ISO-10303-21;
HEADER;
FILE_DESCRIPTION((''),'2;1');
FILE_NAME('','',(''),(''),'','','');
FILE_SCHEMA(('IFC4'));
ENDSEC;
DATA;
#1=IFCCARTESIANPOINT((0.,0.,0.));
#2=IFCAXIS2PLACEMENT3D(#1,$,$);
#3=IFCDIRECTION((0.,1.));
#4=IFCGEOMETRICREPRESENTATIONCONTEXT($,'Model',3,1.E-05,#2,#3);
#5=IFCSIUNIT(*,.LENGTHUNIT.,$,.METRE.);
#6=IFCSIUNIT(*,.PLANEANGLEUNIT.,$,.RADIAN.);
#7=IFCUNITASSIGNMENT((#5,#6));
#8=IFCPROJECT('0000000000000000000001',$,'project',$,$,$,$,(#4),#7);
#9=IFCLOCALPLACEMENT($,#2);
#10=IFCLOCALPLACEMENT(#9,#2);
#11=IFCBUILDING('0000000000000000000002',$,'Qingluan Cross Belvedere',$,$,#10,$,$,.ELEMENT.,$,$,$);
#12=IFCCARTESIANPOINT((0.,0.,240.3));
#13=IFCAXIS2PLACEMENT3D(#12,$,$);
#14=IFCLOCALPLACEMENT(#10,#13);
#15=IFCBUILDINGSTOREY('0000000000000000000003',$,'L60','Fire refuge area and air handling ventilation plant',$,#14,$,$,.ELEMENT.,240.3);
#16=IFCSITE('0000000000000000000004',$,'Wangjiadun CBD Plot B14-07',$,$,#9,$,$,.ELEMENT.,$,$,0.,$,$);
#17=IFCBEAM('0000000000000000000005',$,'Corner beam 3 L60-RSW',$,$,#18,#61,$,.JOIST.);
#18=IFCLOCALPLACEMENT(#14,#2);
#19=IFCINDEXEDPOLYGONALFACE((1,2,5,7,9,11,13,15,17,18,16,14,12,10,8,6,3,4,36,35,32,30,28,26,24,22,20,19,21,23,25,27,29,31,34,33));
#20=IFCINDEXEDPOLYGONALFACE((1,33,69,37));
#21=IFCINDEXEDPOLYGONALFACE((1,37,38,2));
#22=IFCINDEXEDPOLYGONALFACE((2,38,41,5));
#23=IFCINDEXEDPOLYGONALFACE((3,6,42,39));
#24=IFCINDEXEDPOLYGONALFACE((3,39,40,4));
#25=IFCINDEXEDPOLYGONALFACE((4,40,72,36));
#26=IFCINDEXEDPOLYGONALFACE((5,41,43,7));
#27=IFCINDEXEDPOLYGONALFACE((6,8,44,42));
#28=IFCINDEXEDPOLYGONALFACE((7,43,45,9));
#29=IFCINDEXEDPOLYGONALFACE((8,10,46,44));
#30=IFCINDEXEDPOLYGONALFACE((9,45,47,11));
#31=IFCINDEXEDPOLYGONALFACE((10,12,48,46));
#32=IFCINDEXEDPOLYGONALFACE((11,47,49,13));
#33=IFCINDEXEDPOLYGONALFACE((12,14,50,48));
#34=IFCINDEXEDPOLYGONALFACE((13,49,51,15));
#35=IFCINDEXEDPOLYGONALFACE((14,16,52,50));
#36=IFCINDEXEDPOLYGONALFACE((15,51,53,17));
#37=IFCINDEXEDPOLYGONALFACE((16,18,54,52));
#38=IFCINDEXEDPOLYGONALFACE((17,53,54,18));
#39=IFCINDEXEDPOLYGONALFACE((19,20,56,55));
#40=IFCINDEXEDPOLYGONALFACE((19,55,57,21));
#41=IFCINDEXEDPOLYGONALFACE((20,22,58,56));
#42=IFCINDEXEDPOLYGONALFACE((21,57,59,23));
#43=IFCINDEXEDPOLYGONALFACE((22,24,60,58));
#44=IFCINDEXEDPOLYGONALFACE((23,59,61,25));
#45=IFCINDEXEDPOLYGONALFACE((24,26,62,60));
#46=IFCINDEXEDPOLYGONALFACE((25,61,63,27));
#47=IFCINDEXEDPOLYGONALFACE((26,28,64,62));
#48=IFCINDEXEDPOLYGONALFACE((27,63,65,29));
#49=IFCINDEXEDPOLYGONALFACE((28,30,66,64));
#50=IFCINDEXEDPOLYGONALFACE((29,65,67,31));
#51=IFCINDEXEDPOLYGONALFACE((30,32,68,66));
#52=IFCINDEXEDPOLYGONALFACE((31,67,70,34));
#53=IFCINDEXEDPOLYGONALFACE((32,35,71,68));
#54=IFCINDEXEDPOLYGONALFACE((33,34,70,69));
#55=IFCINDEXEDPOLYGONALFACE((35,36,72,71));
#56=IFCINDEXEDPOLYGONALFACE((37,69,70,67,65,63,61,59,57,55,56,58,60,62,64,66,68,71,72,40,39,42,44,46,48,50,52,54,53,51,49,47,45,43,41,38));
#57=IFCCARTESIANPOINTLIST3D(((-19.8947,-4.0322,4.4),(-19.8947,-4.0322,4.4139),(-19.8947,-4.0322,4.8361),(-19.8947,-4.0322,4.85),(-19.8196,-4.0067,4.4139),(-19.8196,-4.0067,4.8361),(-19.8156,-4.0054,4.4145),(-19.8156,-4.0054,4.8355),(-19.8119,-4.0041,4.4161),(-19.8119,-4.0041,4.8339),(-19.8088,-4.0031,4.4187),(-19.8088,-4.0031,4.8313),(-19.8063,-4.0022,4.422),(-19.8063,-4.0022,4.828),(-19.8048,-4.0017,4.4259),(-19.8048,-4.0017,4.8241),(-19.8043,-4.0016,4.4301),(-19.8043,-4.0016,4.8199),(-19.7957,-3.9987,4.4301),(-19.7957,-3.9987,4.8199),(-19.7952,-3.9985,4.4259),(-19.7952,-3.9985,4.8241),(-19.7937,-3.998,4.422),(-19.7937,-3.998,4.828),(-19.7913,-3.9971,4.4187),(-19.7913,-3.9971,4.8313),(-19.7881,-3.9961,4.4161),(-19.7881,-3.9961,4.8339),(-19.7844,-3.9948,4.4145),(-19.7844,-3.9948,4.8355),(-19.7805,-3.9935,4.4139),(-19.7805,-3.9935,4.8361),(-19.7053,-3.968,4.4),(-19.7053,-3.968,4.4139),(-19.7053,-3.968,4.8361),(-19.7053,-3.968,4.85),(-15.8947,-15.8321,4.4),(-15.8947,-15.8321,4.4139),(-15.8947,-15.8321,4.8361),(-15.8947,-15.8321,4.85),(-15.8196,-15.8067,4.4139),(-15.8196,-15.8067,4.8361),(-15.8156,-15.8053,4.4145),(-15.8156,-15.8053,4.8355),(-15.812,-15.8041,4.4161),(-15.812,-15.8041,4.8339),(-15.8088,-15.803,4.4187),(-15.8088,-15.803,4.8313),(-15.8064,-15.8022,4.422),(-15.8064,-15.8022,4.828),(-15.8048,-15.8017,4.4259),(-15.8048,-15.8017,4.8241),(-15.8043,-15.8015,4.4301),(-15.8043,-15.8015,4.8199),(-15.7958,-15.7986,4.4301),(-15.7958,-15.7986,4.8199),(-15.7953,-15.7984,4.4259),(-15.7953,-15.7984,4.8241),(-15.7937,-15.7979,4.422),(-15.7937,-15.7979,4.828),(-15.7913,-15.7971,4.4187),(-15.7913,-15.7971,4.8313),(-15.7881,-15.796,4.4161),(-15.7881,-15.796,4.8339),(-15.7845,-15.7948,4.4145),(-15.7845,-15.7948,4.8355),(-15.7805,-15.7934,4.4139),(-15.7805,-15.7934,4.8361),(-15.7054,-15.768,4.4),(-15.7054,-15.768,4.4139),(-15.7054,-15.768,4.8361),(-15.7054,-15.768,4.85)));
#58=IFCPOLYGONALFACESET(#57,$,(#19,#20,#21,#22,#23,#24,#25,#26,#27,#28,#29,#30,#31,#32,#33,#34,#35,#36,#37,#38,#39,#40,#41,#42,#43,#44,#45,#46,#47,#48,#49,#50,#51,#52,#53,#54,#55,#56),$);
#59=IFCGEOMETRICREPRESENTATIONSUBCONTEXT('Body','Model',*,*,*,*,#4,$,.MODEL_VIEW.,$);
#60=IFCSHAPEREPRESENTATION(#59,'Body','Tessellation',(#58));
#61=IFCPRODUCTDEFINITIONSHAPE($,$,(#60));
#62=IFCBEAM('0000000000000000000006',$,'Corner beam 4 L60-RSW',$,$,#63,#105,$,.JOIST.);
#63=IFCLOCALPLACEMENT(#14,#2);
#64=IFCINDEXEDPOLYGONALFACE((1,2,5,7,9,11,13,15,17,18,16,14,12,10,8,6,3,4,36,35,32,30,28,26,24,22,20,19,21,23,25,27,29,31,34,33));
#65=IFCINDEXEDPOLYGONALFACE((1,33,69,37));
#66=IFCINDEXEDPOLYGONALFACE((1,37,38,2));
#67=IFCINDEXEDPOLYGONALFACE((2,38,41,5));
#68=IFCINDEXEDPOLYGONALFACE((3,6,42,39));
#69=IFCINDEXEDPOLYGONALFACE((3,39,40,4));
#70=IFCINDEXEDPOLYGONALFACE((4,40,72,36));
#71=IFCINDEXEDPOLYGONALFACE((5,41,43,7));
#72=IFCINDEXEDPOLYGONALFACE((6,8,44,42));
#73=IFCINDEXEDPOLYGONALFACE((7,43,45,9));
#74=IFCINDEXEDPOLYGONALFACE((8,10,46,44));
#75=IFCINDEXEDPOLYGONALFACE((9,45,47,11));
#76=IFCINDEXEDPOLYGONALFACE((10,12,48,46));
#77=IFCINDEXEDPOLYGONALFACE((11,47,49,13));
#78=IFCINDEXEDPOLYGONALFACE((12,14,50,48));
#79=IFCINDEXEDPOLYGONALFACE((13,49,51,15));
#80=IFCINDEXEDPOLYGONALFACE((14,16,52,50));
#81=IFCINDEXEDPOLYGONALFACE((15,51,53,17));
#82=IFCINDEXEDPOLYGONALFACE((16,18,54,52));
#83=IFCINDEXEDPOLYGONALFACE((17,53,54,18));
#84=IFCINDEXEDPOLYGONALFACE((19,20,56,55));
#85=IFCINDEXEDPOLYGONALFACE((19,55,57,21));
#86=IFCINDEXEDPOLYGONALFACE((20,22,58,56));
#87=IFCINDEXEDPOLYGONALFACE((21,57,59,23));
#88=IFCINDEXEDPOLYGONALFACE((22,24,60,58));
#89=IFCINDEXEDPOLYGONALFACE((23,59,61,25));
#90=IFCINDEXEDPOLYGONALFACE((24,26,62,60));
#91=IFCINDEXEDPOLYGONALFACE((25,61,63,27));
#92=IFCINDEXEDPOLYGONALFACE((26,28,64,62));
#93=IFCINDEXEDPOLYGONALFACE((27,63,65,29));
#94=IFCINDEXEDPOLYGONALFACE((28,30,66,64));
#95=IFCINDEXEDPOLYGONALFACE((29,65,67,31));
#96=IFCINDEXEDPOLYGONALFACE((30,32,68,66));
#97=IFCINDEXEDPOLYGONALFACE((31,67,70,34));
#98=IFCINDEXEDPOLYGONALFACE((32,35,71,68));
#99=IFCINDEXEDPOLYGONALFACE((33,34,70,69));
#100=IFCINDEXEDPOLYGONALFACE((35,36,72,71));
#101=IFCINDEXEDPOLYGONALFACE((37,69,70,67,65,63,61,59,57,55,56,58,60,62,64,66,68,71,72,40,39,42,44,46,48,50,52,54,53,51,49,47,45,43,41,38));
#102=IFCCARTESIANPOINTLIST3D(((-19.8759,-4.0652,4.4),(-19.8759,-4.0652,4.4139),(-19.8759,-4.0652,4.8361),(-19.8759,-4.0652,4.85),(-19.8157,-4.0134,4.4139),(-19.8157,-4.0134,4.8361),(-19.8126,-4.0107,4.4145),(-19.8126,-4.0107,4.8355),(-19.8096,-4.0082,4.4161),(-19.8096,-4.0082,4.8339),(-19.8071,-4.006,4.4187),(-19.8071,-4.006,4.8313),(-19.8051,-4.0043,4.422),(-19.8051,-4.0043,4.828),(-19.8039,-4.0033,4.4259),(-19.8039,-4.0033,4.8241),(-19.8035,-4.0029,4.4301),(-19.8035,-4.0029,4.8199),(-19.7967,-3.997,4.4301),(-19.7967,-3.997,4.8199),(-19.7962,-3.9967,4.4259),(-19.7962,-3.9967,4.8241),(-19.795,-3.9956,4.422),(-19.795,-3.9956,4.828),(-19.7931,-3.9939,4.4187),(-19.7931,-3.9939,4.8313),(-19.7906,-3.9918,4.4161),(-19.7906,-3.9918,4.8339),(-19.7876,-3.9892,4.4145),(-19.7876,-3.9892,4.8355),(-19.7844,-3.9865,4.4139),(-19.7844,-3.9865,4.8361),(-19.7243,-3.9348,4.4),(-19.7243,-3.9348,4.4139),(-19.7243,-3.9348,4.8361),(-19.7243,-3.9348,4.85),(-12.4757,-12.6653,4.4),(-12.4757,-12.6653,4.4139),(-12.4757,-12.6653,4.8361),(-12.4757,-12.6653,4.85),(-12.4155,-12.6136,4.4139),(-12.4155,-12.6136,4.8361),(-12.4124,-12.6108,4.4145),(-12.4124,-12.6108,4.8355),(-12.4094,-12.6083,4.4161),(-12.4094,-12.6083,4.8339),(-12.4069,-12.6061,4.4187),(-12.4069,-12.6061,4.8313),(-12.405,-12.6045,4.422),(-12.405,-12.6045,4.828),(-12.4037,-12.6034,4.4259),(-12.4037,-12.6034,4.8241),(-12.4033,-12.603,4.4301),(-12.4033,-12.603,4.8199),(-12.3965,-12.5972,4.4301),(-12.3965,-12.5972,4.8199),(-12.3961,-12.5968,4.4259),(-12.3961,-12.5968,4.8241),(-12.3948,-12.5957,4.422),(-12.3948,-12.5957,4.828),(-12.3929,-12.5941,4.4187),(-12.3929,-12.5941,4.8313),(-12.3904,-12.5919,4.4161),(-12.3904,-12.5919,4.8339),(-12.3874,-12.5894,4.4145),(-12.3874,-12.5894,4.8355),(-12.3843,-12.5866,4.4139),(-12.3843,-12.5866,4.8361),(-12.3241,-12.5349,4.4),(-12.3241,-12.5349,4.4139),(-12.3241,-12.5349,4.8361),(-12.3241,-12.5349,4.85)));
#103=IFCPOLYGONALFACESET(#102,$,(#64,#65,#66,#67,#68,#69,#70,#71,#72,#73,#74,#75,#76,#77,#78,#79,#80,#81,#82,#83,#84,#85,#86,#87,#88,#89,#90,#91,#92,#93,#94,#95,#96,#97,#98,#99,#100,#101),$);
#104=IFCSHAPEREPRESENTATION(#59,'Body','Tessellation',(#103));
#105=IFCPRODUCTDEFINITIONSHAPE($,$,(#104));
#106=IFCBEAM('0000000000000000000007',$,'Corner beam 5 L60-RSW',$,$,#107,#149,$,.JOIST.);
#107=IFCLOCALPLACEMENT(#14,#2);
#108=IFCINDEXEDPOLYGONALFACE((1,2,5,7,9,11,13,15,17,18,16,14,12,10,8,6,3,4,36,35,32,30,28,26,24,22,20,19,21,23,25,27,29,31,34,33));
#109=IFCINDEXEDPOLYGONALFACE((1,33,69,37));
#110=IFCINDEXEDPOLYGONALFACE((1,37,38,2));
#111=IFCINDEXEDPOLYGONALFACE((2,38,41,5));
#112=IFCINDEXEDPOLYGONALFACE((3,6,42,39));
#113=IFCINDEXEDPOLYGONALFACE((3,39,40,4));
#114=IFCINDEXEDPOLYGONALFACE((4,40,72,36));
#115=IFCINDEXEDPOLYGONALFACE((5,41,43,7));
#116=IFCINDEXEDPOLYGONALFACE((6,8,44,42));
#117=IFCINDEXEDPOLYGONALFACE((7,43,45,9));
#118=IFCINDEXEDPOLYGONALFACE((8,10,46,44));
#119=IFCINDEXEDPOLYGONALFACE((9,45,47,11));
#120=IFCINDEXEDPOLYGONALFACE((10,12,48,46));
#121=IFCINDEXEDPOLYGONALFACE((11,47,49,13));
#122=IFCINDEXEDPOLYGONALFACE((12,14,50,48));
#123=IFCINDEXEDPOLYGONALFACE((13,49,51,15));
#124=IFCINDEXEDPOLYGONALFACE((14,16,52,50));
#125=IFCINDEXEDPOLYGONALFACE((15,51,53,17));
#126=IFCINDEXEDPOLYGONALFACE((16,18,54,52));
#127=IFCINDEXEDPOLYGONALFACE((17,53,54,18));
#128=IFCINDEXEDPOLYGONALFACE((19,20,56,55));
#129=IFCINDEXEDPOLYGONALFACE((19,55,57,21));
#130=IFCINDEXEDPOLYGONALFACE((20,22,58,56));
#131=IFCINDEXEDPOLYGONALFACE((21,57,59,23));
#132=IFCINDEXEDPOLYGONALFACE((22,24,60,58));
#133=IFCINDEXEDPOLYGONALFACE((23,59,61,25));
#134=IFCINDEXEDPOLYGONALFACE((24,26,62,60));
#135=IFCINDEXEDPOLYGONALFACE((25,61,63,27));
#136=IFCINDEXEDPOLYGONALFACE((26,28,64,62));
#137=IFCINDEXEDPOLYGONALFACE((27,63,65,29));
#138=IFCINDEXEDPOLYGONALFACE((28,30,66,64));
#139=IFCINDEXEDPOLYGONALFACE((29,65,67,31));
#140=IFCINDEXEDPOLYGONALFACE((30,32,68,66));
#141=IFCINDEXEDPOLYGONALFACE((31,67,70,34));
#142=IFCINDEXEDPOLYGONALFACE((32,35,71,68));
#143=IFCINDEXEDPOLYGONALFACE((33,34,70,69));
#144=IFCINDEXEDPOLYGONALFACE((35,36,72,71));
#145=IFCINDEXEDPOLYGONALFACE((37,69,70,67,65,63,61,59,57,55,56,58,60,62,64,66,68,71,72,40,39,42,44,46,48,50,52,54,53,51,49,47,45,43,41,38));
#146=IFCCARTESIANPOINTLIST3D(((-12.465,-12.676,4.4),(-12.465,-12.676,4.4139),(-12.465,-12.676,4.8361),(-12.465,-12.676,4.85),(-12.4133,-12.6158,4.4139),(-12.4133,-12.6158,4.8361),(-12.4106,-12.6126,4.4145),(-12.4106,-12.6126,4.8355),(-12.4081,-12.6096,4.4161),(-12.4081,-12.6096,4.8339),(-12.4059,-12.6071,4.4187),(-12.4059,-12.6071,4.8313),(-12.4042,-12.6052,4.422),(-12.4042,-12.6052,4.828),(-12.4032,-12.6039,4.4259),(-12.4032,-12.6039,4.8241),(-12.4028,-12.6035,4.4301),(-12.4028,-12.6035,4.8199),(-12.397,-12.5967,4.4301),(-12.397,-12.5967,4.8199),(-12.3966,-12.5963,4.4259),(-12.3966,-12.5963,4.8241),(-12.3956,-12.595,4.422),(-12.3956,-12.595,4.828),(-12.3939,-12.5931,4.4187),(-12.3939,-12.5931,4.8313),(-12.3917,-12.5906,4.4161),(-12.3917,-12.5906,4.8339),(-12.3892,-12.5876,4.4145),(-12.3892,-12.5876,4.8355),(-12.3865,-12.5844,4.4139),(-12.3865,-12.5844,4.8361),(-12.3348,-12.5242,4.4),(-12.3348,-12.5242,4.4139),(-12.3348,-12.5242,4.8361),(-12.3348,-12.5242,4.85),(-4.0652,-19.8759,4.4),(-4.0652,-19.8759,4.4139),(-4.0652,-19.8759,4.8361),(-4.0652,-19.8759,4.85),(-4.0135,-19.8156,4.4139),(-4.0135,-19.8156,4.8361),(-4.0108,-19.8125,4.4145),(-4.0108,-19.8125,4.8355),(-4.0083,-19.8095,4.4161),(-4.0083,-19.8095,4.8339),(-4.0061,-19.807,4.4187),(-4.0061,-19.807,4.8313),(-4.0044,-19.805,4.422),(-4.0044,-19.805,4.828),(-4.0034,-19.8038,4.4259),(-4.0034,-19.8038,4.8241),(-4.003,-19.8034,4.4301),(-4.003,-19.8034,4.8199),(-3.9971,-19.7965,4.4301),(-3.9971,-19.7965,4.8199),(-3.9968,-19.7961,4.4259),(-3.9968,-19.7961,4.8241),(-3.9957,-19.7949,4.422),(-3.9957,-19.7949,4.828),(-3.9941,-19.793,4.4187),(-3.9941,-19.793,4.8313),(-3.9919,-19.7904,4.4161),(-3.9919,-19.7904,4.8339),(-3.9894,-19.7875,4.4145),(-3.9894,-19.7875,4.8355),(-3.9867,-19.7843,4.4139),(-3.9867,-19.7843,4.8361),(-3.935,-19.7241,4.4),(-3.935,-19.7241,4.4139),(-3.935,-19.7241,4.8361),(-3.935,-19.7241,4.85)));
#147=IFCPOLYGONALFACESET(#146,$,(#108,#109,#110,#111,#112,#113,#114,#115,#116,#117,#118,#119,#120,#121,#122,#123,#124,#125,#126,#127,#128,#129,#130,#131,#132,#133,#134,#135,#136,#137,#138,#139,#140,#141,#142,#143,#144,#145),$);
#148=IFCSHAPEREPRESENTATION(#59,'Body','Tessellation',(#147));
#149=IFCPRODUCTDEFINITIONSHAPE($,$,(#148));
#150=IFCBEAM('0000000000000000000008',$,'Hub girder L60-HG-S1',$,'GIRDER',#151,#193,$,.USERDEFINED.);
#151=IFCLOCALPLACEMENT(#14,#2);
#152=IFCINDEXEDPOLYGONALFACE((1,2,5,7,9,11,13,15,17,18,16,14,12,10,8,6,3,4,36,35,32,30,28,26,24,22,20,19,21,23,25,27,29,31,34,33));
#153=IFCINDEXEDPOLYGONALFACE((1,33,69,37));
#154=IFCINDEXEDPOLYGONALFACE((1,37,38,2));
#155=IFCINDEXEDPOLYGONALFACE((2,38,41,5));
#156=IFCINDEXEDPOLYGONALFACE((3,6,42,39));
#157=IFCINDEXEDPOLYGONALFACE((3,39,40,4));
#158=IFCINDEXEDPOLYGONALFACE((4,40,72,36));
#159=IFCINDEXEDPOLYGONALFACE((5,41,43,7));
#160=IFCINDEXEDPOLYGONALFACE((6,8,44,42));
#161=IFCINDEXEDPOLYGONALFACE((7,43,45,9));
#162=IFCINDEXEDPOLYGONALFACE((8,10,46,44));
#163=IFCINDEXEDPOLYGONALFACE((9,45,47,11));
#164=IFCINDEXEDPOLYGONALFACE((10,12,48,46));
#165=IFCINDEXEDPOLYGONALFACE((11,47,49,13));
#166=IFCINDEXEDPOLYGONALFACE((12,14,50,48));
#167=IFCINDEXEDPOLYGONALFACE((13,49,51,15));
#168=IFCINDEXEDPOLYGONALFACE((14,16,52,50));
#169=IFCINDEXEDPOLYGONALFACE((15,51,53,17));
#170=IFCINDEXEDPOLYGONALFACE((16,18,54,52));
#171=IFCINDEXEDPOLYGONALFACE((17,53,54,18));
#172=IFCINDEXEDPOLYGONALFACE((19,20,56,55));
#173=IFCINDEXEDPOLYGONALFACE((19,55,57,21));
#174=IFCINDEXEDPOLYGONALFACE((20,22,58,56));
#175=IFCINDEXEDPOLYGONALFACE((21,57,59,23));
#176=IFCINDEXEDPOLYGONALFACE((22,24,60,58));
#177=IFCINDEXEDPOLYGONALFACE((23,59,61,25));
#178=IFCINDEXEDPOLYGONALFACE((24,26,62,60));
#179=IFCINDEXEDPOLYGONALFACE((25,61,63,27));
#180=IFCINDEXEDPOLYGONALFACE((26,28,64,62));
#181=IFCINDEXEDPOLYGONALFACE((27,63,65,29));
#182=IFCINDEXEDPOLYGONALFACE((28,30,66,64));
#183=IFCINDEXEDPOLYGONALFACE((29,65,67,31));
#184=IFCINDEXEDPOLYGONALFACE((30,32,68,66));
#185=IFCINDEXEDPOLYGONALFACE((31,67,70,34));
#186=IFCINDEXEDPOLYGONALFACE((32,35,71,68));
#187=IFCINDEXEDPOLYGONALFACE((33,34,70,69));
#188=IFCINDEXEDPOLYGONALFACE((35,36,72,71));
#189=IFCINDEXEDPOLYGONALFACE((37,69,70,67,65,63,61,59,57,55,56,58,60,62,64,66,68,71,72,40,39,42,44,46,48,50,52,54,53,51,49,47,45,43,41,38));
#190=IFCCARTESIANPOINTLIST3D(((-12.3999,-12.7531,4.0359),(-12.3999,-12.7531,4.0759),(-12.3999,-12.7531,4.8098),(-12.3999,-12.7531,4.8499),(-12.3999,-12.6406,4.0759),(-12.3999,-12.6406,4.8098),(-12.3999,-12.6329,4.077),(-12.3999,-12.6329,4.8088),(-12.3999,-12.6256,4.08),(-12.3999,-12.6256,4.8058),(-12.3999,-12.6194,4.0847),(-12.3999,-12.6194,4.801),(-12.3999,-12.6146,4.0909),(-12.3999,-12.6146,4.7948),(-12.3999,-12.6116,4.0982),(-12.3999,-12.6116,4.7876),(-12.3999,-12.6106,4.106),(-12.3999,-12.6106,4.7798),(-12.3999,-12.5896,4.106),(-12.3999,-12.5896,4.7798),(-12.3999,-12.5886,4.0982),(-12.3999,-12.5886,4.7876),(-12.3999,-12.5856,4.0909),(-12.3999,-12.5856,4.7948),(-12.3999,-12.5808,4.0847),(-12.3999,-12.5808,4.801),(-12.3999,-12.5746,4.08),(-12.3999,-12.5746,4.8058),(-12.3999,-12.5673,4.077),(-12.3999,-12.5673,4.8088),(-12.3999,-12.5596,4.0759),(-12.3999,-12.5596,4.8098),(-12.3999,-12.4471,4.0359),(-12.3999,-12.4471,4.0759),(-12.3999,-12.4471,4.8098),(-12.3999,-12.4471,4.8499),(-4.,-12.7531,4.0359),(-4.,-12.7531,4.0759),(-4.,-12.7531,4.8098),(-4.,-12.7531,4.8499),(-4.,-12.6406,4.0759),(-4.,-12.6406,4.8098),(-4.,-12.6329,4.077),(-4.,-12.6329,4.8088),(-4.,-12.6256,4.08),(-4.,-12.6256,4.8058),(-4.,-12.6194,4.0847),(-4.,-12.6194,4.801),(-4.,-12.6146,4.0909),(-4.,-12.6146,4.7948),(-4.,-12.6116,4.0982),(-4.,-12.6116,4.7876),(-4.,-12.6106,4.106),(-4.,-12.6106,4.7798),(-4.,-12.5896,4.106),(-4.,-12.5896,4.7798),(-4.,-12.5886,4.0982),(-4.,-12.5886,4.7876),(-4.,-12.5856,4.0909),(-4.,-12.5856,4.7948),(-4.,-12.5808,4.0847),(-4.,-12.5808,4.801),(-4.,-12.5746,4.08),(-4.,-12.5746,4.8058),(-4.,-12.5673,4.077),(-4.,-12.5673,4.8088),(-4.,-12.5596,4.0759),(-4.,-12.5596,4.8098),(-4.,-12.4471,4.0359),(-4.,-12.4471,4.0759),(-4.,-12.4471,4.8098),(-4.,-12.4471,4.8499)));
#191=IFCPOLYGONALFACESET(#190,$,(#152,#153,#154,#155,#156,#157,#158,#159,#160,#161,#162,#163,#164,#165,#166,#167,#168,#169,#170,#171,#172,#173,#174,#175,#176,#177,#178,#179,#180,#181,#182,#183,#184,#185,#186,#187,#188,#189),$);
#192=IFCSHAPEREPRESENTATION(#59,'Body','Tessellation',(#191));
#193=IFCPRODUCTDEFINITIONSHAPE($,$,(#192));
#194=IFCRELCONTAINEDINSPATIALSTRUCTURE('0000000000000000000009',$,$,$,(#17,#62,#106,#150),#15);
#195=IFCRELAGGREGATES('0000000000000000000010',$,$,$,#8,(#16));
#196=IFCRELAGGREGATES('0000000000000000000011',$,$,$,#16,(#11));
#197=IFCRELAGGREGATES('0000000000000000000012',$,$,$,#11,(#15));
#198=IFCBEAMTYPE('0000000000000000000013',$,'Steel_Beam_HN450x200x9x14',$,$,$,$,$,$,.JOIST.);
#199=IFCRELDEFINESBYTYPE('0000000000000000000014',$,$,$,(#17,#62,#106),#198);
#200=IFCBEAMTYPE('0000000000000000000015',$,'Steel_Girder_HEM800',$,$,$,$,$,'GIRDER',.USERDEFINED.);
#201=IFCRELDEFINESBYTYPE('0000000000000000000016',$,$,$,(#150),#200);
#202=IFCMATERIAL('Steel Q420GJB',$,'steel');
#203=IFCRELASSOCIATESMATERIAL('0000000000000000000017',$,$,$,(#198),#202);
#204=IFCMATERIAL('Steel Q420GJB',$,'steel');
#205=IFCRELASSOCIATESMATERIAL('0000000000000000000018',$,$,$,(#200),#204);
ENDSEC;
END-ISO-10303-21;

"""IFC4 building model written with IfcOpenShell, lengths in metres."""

from ifc_helpers import new_model, si_unit, direction, frame, origin, origin_2d, place, context, subcontext, project, spatial, i_section, extrude, material, material_profile, profile_set, type_object, element, save


model = new_model("IFC4")

# Units and contexts
model_context = context("Model", 3, precision=1e-05, world=origin(), true_north=direction((0.0, 1.0)))
body_context = subcontext(model_context, "Body", "Model", "MODEL_VIEW")
ifc_project = project(units=[si_unit("LENGTHUNIT", "METRE"), si_unit("PLANEANGLEUNIT", "RADIAN")], contexts=[model_context])

# Site, building, storey
site_placement = place(None, origin())
site = spatial("IfcSite", under=ifc_project, at=site_placement, Name="Wangjiadun CBD Plot B14-07", CompositionType="ELEMENT", RefElevation=0.0)
building_placement = place(site_placement, origin())
building = spatial("IfcBuilding", under=site, at=building_placement, Name="Qingluan Cross Belvedere", CompositionType="ELEMENT")
storey_placement = place(building_placement, frame((0.0, 0.0, 240.3)))
storey = spatial("IfcBuildingStorey", under=building, at=storey_placement, Name="L60", Description="Fire refuge area and air handling ventilation plant", CompositionType="ELEMENT", Elevation=240.3)

# Beams
ifc_material_1 = material(Name="Steel Q420GJB", Category="steel")
ifc_material_profile_1 = material_profile(ifc_material_1, i_section(OverallWidth=0.2, OverallDepth=0.45, WebThickness=0.009, FlangeThickness=0.0139, FilletRadius=0.0161, at=origin_2d()), Name="HN450x200x9x14")
ifc_profile_set_1 = profile_set([ifc_material_profile_1], Name="Steel Q420GJB")
beam_type_1 = type_object("IfcBeamType", Name="Steel_Beam_HN450x200x9x14", PredefinedType="JOIST", material=ifc_profile_set_1)
for number, where, z_axis, x_axis, name in (
    (1, (-15.8, -15.8, 4.625), (-0.321038, 0.947066, 0.0), (-0.947066, -0.321038, 0.0), "Corner beam 3 L60-RSW"),
):
    element("IfcBeam", number, at=place(storey_placement, frame(where, z_axis=z_axis, x_axis=x_axis)), inside=storey, type_object=beam_type_1, Name=name, PredefinedType="JOIST", context=body_context, shape_type="SweptSolid", body=[
        extrude(i_section(OverallWidth=0.2, OverallDepth=0.45, WebThickness=0.009, FlangeThickness=0.0139, FilletRadius=0.0161, at=origin_2d()), origin(), (0.0, 0.0, 1.0), 12.4595),
    ])
beam_1_placement = place(storey_placement, frame((-12.3999, -12.6001, 4.625), z_axis=(-0.652245, 0.758008, 0.0), x_axis=(-0.758008, -0.652245, 0.0)))
element("IfcBeam", 2, at=beam_1_placement, inside=storey, type_object=beam_type_1, Name="Corner beam 4 L60-RSW", PredefinedType="JOIST", context=body_context, shape_type="SweptSolid", body=[
    extrude(i_section(OverallWidth=0.2, OverallDepth=0.45, WebThickness=0.009, FlangeThickness=0.0139, FilletRadius=0.0161, at=origin_2d()), origin(), (0.0, 0.0, 1.0), 11.3457),
])
beam_2_placement = place(storey_placement, frame((-12.3999, -12.6001, 4.625), z_axis=(0.759255, -0.650793, 0.0), x_axis=(0.650793, 0.759255, 0.0)))
element("IfcBeam", 3, at=beam_2_placement, inside=storey, type_object=beam_type_1, Name="Corner beam 5 L60-RSW", PredefinedType="JOIST", context=body_context, shape_type="SweptSolid", body=[
    extrude(i_section(OverallWidth=0.2, OverallDepth=0.45, WebThickness=0.009, FlangeThickness=0.0139, FilletRadius=0.0161, at=origin_2d()), origin(), (0.0, 0.0, 1.0), 11.0632),
])
ifc_material_2 = material(Name="Steel Q420GJB", Category="steel")
ifc_material_profile_2 = material_profile(ifc_material_2, i_section(OverallWidth=0.3059, OverallDepth=0.814, WebThickness=0.021, FlangeThickness=0.04, FilletRadius=0.03, at=origin_2d()), Name="HEM800")
ifc_profile_set_2 = profile_set([ifc_material_profile_2], Name="Steel Q420GJB")
beam_type_2 = type_object("IfcBeamType", Name="Steel_Girder_HEM800", ElementType="GIRDER", PredefinedType="USERDEFINED", material=ifc_profile_set_2)
beam_3_placement = place(storey_placement, frame((-12.3999, -12.6001, 4.4429), z_axis=(1.0, 0.0, 0.0), x_axis=(0.0, 1.0, 0.0)))
element("IfcBeam", 4, at=beam_3_placement, inside=storey, type_object=beam_type_2, Name="Hub girder L60-HG-S1", ObjectType="GIRDER", PredefinedType="USERDEFINED", context=body_context, shape_type="SweptSolid", body=[
    extrude(i_section(OverallWidth=0.3059, OverallDepth=0.814, WebThickness=0.021, FlangeThickness=0.04, FilletRadius=0.03, at=origin_2d()), origin(), (0.0, 0.0, 1.0), 8.3999),
])

save(model, "model.ifc")
